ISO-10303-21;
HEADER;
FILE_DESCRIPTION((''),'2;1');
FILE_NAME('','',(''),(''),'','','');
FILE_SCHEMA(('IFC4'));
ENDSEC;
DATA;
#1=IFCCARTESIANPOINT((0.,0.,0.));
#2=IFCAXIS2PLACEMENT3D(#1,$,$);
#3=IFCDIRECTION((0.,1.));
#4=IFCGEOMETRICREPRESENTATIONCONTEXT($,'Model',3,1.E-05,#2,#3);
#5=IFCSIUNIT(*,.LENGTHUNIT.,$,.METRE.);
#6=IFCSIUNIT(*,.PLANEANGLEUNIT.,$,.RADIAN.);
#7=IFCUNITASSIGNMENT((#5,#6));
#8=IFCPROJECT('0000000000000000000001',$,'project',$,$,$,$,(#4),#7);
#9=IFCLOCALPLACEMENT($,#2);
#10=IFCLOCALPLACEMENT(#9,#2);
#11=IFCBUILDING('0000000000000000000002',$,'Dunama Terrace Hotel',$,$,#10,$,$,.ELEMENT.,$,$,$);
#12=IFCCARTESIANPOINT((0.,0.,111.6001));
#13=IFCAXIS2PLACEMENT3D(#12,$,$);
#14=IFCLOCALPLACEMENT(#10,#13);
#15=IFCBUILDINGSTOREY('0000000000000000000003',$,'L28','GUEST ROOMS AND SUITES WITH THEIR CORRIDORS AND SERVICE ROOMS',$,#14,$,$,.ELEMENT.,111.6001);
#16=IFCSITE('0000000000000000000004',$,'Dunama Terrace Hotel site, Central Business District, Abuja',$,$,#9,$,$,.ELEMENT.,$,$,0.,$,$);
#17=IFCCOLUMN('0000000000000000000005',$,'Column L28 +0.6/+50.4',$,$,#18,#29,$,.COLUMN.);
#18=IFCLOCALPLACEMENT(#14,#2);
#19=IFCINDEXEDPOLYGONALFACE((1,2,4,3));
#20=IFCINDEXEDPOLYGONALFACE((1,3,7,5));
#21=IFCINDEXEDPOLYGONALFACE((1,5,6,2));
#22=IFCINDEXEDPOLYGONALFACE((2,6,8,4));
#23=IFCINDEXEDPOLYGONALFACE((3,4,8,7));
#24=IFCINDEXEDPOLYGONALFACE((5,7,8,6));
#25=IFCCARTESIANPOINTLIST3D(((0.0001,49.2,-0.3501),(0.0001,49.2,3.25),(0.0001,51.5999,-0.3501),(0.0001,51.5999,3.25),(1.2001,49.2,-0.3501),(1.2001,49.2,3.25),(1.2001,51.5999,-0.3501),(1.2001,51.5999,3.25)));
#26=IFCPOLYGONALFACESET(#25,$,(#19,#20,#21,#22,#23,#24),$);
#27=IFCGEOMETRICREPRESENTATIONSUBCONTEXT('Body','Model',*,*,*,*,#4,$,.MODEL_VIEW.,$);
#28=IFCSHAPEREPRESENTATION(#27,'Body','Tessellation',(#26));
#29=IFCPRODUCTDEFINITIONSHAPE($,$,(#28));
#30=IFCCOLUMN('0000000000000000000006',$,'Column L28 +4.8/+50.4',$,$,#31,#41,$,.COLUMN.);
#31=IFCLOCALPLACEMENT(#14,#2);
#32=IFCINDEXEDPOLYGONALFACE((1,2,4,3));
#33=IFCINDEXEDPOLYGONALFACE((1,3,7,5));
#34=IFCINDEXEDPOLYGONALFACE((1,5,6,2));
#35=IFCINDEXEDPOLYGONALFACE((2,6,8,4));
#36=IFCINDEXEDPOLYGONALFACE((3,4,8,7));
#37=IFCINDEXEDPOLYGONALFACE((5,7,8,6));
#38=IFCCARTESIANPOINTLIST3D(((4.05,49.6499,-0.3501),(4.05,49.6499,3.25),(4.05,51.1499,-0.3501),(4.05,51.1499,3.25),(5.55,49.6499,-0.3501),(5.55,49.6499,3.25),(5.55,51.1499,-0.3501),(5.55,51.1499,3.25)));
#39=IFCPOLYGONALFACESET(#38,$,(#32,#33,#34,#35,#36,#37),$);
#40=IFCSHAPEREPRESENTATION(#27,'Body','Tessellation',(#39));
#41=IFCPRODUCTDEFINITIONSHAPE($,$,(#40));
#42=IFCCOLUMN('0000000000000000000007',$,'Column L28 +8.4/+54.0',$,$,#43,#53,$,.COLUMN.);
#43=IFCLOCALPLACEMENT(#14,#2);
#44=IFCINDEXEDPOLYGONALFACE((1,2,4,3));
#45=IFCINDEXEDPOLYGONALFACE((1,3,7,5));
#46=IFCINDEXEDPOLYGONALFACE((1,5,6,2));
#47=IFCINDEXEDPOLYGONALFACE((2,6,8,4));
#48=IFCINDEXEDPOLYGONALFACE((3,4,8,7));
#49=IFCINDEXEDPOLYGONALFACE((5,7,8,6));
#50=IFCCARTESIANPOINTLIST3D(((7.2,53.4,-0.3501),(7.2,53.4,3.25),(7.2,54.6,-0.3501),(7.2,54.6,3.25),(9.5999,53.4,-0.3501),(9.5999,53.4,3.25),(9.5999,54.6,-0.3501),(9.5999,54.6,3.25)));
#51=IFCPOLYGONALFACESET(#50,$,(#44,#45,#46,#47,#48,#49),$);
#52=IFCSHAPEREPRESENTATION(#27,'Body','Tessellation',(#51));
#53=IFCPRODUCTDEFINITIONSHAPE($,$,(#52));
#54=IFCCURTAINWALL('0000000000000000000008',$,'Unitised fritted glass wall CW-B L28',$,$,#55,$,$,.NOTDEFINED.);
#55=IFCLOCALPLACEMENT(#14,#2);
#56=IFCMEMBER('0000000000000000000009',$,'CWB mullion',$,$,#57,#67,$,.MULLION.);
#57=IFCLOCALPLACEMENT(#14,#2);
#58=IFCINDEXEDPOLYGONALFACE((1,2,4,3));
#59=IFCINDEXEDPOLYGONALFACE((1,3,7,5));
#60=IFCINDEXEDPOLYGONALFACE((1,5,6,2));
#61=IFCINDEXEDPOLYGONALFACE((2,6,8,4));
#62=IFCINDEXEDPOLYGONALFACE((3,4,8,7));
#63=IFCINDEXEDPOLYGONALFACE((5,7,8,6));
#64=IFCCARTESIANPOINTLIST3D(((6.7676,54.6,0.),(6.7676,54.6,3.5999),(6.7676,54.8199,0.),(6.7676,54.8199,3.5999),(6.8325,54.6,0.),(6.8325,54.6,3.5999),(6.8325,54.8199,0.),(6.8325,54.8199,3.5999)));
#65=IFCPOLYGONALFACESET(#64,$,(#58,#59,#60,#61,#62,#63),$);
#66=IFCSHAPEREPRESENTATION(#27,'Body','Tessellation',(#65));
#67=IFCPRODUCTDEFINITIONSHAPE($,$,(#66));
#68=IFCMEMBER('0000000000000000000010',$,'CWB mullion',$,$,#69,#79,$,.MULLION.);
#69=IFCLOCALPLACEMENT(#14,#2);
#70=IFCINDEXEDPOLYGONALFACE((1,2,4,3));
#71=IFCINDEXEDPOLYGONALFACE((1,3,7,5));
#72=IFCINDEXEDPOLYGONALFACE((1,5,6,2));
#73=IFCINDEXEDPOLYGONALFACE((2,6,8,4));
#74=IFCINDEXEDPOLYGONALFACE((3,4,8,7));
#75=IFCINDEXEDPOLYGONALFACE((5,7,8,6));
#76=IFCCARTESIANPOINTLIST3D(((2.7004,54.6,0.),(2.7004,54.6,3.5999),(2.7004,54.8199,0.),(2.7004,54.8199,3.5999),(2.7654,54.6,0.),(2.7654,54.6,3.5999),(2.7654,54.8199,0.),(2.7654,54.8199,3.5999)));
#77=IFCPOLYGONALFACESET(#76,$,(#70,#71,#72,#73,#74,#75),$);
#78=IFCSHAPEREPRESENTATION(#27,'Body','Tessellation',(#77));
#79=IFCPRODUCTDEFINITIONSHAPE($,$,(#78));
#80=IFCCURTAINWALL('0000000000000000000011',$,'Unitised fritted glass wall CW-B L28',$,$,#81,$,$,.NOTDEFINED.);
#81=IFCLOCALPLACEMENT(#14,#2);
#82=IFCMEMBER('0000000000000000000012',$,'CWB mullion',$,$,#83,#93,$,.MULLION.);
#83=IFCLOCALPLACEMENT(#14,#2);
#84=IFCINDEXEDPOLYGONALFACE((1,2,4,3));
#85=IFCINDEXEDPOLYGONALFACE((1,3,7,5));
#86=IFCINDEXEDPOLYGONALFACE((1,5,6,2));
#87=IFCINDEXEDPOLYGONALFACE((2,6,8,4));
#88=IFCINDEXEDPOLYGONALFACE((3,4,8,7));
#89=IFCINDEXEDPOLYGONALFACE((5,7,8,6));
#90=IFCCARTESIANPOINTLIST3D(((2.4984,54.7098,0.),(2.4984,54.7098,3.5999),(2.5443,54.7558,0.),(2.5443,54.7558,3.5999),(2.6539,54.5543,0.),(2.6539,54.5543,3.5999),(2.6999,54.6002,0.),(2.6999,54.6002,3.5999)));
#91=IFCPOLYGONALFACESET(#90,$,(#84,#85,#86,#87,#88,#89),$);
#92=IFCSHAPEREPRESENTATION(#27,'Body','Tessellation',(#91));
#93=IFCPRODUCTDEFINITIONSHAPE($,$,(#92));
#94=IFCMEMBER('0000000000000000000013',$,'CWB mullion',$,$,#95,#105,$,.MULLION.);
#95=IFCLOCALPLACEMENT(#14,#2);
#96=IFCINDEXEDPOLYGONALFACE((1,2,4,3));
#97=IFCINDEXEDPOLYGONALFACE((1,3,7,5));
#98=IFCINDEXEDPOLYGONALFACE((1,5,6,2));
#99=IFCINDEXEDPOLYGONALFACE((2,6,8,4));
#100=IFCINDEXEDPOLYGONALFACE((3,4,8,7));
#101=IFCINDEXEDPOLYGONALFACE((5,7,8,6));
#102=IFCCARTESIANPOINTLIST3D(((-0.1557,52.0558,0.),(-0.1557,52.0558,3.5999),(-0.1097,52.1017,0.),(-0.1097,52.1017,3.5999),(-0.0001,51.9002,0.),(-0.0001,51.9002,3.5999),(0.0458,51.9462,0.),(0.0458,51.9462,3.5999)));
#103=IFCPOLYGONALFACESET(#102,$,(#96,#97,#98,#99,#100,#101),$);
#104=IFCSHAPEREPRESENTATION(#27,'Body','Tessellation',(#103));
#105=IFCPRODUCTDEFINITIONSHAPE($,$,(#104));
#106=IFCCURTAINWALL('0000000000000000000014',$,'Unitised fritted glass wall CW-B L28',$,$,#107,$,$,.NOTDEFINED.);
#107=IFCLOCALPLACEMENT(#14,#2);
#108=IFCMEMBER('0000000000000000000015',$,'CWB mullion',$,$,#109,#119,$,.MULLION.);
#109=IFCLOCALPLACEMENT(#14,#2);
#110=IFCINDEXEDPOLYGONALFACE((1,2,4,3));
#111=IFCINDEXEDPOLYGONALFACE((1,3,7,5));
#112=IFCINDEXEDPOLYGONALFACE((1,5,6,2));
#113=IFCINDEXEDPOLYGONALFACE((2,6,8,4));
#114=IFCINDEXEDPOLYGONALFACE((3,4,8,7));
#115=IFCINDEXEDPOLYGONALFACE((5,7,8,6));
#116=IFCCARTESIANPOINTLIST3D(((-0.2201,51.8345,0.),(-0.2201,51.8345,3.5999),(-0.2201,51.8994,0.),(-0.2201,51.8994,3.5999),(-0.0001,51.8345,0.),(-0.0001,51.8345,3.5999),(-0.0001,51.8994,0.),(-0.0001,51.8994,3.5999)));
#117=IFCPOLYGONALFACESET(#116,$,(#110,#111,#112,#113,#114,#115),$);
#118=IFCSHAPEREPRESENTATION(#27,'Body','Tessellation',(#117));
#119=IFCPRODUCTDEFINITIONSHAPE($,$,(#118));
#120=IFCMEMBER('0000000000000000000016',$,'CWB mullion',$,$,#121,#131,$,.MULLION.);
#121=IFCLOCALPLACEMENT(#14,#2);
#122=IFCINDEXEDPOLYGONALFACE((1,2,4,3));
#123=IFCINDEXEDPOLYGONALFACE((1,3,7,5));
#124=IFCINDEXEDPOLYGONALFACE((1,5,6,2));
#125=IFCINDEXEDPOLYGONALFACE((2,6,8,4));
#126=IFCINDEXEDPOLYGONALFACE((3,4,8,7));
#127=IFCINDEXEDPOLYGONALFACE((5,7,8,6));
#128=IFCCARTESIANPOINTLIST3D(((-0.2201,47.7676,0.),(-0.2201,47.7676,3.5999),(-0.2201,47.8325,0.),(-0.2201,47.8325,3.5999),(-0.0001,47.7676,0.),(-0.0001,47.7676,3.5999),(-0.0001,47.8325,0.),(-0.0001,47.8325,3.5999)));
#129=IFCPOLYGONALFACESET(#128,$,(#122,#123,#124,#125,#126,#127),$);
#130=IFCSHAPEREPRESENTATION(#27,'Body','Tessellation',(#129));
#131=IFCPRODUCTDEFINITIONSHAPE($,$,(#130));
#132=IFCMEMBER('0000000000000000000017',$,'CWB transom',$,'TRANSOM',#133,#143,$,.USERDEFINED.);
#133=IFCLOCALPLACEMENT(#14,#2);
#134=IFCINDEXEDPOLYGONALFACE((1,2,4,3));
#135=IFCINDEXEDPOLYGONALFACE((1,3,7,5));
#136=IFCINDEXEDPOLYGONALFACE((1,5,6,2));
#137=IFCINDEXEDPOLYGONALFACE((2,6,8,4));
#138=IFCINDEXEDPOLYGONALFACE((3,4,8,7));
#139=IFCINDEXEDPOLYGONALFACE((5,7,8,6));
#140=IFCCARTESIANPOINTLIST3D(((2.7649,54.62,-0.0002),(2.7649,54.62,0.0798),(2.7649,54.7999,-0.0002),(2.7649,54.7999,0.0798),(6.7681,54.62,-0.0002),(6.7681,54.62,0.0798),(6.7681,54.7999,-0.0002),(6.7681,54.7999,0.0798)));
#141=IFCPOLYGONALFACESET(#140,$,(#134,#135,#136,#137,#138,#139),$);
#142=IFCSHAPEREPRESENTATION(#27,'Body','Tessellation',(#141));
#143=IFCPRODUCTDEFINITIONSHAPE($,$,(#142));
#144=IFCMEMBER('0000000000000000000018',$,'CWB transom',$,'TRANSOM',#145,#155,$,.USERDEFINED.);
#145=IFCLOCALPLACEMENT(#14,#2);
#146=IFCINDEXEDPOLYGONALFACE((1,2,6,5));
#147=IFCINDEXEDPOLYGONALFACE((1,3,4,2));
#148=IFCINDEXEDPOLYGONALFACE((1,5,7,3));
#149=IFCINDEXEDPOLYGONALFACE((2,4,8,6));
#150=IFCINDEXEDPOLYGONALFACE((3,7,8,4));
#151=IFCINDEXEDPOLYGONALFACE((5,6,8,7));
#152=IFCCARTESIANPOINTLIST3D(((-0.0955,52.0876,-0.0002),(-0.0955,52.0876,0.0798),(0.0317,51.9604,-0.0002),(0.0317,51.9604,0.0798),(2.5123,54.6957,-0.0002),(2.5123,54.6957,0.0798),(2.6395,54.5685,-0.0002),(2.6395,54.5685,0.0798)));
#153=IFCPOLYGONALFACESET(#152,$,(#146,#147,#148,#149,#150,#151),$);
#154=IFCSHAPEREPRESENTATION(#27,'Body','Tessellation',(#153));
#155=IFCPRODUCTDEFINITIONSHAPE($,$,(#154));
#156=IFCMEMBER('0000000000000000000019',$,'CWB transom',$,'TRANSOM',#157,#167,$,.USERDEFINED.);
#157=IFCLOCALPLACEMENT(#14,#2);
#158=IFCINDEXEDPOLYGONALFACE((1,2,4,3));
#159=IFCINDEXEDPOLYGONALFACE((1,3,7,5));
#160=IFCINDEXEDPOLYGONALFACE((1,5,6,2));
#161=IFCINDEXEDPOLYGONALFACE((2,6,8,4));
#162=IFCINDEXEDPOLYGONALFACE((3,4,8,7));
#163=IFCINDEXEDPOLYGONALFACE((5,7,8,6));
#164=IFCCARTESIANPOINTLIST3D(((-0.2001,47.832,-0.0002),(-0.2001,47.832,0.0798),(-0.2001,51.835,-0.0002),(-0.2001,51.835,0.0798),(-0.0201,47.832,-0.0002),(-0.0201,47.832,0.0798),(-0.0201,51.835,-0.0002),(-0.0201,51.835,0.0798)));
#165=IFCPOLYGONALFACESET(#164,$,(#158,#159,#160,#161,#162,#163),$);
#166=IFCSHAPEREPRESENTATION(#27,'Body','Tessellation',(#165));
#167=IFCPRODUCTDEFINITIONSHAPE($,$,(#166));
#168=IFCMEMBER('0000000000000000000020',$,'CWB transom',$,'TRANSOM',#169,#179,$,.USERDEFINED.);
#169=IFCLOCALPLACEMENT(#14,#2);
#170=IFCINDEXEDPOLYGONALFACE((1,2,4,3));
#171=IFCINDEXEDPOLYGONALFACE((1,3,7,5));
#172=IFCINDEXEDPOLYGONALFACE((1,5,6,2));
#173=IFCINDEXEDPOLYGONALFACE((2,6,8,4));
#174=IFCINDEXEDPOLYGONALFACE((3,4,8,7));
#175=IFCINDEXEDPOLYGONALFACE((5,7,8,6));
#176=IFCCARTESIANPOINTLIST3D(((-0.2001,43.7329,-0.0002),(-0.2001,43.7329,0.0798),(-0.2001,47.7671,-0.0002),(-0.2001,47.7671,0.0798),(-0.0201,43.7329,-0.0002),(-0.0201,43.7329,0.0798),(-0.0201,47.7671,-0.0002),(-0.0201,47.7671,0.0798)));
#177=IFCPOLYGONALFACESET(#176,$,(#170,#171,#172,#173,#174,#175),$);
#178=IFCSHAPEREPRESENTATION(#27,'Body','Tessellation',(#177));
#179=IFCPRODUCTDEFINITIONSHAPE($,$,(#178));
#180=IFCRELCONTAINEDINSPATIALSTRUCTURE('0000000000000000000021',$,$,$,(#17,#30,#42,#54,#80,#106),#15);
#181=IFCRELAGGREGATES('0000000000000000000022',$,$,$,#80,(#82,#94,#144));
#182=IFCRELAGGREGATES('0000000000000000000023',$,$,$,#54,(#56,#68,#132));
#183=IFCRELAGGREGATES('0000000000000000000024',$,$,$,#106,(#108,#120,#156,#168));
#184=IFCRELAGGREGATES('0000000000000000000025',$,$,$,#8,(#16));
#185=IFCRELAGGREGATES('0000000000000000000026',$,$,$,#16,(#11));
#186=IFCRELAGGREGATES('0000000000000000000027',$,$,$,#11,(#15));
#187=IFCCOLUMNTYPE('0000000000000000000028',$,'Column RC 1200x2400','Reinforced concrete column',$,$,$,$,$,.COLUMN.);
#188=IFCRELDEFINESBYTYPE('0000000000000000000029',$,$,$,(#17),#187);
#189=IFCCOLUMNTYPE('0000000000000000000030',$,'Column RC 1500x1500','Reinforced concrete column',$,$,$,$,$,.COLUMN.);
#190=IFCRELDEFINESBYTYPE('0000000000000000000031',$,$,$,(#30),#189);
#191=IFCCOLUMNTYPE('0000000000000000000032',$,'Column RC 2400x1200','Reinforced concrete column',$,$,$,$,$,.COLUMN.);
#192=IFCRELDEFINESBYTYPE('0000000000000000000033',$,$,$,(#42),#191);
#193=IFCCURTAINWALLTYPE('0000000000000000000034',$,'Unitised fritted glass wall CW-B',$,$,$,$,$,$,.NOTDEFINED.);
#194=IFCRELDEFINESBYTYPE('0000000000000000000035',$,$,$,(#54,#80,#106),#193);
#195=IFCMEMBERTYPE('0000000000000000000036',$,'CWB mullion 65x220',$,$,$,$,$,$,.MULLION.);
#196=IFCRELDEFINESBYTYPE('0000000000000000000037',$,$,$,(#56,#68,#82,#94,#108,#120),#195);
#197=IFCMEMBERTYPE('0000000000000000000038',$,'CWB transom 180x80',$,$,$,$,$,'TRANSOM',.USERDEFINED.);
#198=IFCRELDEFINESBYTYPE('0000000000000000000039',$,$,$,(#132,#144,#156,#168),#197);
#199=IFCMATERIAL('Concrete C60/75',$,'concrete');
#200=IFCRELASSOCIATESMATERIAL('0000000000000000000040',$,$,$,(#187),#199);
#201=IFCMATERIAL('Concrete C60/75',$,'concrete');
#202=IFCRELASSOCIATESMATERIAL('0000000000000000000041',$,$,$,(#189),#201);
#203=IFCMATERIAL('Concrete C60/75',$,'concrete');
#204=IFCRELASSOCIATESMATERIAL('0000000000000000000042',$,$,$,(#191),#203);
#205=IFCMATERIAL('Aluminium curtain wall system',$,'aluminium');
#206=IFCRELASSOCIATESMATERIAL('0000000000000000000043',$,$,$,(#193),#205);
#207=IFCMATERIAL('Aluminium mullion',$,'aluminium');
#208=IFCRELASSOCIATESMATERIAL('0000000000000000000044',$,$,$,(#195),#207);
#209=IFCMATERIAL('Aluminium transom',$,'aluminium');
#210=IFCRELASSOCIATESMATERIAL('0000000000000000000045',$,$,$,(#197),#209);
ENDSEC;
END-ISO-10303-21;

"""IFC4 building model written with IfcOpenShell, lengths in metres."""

from ifc_helpers import new_model, si_unit, direction, frame, origin, origin_2d, place, context, subcontext, project, spatial, rectangle, extrude, material, material_profile, profile_set, type_object, element, aggregate, save


model = new_model("IFC4")

# Units and contexts
model_context = context("Model", 3, precision=1e-05, world=origin(), true_north=direction((0.0, 1.0)))
body_context = subcontext(model_context, "Body", "Model", "MODEL_VIEW")
ifc_project = project(units=[si_unit("LENGTHUNIT", "METRE"), si_unit("PLANEANGLEUNIT", "RADIAN")], contexts=[model_context])

# Site, building, storey
site_placement = place(None, origin())
site = spatial("IfcSite", under=ifc_project, at=site_placement, Name="Dunama Terrace Hotel site, Central Business District, Abuja", CompositionType="ELEMENT", RefElevation=0.0)
building_placement = place(site_placement, origin())
building = spatial("IfcBuilding", under=site, at=building_placement, Name="Dunama Terrace Hotel", CompositionType="ELEMENT")
storey_placement = place(building_placement, frame((0.0, 0.0, 111.6001)))
storey = spatial("IfcBuildingStorey", under=building, at=storey_placement, Name="L28", Description="GUEST ROOMS AND SUITES WITH THEIR CORRIDORS AND SERVICE ROOMS", CompositionType="ELEMENT", Elevation=111.6001)

# Columns
ifc_material_1 = material(Name="Concrete C60/75", Category="concrete")
ifc_material_profile_1 = material_profile(ifc_material_1, rectangle(XDim=1.2, YDim=2.3999, at=origin_2d()), Name="RC 1200x2400")
ifc_profile_set_1 = profile_set([ifc_material_profile_1], Name="Concrete C60/75")
column_type_1 = type_object("IfcColumnType", Name="Column RC 1200x2400", Description="Reinforced concrete column", PredefinedType="COLUMN", material=ifc_profile_set_1)
column_1_placement = place(storey_placement, frame((0.6001, 50.3999, -0.3501), z_axis=(0.0, 0.0, 1.0), x_axis=(1.0, 0.0, 0.0)))
element("IfcColumn", 1, at=column_1_placement, inside=storey, type_object=column_type_1, Name="Column L28 +0.6/+50.4", PredefinedType="COLUMN", context=body_context, shape_type="SweptSolid", body=[
    extrude(rectangle(XDim=1.2, YDim=2.3999, at=origin_2d()), origin(), (0.0, 0.0, 1.0), 3.6001),
])
ifc_material_2 = material(Name="Concrete C60/75", Category="concrete")
ifc_material_profile_2 = material_profile(ifc_material_2, rectangle(XDim=1.5, YDim=1.5, at=origin_2d()), Name="RC 1500x1500")
ifc_profile_set_2 = profile_set([ifc_material_profile_2], Name="Concrete C60/75")
column_type_2 = type_object("IfcColumnType", Name="Column RC 1500x1500", Description="Reinforced concrete column", PredefinedType="COLUMN", material=ifc_profile_set_2)
column_2_placement = place(storey_placement, frame((4.8, 50.3999, -0.3501), z_axis=(0.0, 0.0, 1.0), x_axis=(1.0, 0.0, 0.0)))
element("IfcColumn", 2, at=column_2_placement, inside=storey, type_object=column_type_2, Name="Column L28 +4.8/+50.4", PredefinedType="COLUMN", context=body_context, shape_type="SweptSolid", body=[
    extrude(rectangle(XDim=1.5, YDim=1.5, at=origin_2d()), origin(), (0.0, 0.0, 1.0), 3.6001),
])
ifc_material_3 = material(Name="Concrete C60/75", Category="concrete")
ifc_material_profile_3 = material_profile(ifc_material_3, rectangle(XDim=2.3999, YDim=1.2, at=origin_2d()), Name="RC 2400x1200")
ifc_profile_set_3 = profile_set([ifc_material_profile_3], Name="Concrete C60/75")
column_type_3 = type_object("IfcColumnType", Name="Column RC 2400x1200", Description="Reinforced concrete column", PredefinedType="COLUMN", material=ifc_profile_set_3)
column_3_placement = place(storey_placement, frame((8.3999, 54.0, -0.3501), z_axis=(0.0, 0.0, 1.0), x_axis=(1.0, 0.0, 0.0)))
element("IfcColumn", 3, at=column_3_placement, inside=storey, type_object=column_type_3, Name="Column L28 +8.4/+54.0", PredefinedType="COLUMN", context=body_context, shape_type="SweptSolid", body=[
    extrude(rectangle(XDim=2.3999, YDim=1.2, at=origin_2d()), origin(), (0.0, 0.0, 1.0), 3.6001),
])

# Curtain walls, members
ifc_material_4 = material(Name="Aluminium curtain wall system", Category="aluminium")
curtain_wall_type = type_object("IfcCurtainWallType", Name="Unitised fritted glass wall CW-B", PredefinedType="NOTDEFINED", material=ifc_material_4)
curtain_wall_1_placement = place(storey_placement, origin())
curtain_wall_1 = element("IfcCurtainWall", 4, at=curtain_wall_1_placement, inside=storey, type_object=curtain_wall_type, Name="Unitised fritted glass wall CW-B L28", PredefinedType="NOTDEFINED")
ifc_material_5 = material(Name="Aluminium mullion", Category="aluminium")
ifc_material_profile_4 = material_profile(ifc_material_5, rectangle(XDim=0.0649, YDim=0.22, at=origin_2d()), Name="CWB MULLION 65X220")
ifc_profile_set_4 = profile_set([ifc_material_profile_4], Name="Aluminium mullion")
member_type_1 = type_object("IfcMemberType", Name="CWB mullion 65x220", PredefinedType="MULLION", material=ifc_profile_set_4)
member_1_placement = place(storey_placement, frame((6.8, 54.71, 0.0), z_axis=(0.0, 0.0, 1.0), x_axis=(-1.0, 0.0, 0.0)))
member_1 = element("IfcMember", 5, at=member_1_placement, type_object=member_type_1, Name="CWB mullion", PredefinedType="MULLION", context=body_context, shape_type="SweptSolid", body=[
    extrude(rectangle(XDim=0.0649, YDim=0.22, at=origin_2d()), origin(), (0.0, 0.0, 1.0), 3.5999),
])
member_2_placement = place(storey_placement, frame((2.7329, 54.71, 0.0), z_axis=(0.0, 0.0, 1.0), x_axis=(-1.0, 0.0, 0.0)))
member_2 = element("IfcMember", 6, at=member_2_placement, type_object=member_type_1, Name="CWB mullion", PredefinedType="MULLION", context=body_context, shape_type="SweptSolid", body=[
    extrude(rectangle(XDim=0.0649, YDim=0.22, at=origin_2d()), origin(), (0.0, 0.0, 1.0), 3.5999),
])
curtain_wall_2_placement = place(storey_placement, origin())
curtain_wall_2 = element("IfcCurtainWall", 7, at=curtain_wall_2_placement, inside=storey, type_object=curtain_wall_type, Name="Unitised fritted glass wall CW-B L28", PredefinedType="NOTDEFINED")
member_3_placement = place(storey_placement, frame((2.5991, 54.655, 0.0), z_axis=(0.0, 0.0, 1.0), x_axis=(-0.707107, -0.707107, 0.0)))
member_3 = element("IfcMember", 8, at=member_3_placement, type_object=member_type_1, Name="CWB mullion", PredefinedType="MULLION", context=body_context, shape_type="SweptSolid", body=[
    extrude(rectangle(XDim=0.0649, YDim=0.22, at=origin_2d()), origin(), (0.0, 0.0, 1.0), 3.5999),
])
member_4_placement = place(storey_placement, frame((-0.0549, 52.001, 0.0), z_axis=(0.0, 0.0, 1.0), x_axis=(-0.707107, -0.707107, 0.0)))
member_4 = element("IfcMember", 9, at=member_4_placement, type_object=member_type_1, Name="CWB mullion", PredefinedType="MULLION", context=body_context, shape_type="SweptSolid", body=[
    extrude(rectangle(XDim=0.0649, YDim=0.22, at=origin_2d()), origin(), (0.0, 0.0, 1.0), 3.5999),
])
curtain_wall_3_placement = place(storey_placement, origin())
curtain_wall_3 = element("IfcCurtainWall", 10, at=curtain_wall_3_placement, inside=storey, type_object=curtain_wall_type, Name="Unitised fritted glass wall CW-B L28", PredefinedType="NOTDEFINED")
member_5_placement = place(storey_placement, frame((-0.1101, 51.8669, 0.0), z_axis=(0.0, 0.0, 1.0), x_axis=(0.0, -1.0, 0.0)))
member_5 = element("IfcMember", 11, at=member_5_placement, type_object=member_type_1, Name="CWB mullion", PredefinedType="MULLION", context=body_context, shape_type="SweptSolid", body=[
    extrude(rectangle(XDim=0.0649, YDim=0.22, at=origin_2d()), origin(), (0.0, 0.0, 1.0), 3.5999),
])
member_6_placement = place(storey_placement, frame((-0.1101, 47.8, 0.0), z_axis=(0.0, 0.0, 1.0), x_axis=(0.0, -1.0, 0.0)))
member_6 = element("IfcMember", 12, at=member_6_placement, type_object=member_type_1, Name="CWB mullion", PredefinedType="MULLION", context=body_context, shape_type="SweptSolid", body=[
    extrude(rectangle(XDim=0.0649, YDim=0.22, at=origin_2d()), origin(), (0.0, 0.0, 1.0), 3.5999),
])

# Members
ifc_material_6 = material(Name="Aluminium transom", Category="aluminium")
ifc_material_profile_5 = material_profile(ifc_material_6, rectangle(XDim=0.1799, YDim=0.0801, at=origin_2d()), Name="CWB TRANSOM 180X80")
ifc_profile_set_5 = profile_set([ifc_material_profile_5], Name="Aluminium transom")
member_type_2 = type_object("IfcMemberType", Name="CWB transom 180x80", ElementType="TRANSOM", PredefinedType="USERDEFINED", material=ifc_profile_set_5)
member_7_placement = place(storey_placement, frame((6.7681, 54.71, 0.0398), z_axis=(-1.0, 0.0, 0.0), x_axis=(0.0, -1.0, 0.0)))
member_7 = element("IfcMember", 13, at=member_7_placement, type_object=member_type_2, Name="CWB transom", ObjectType="TRANSOM", PredefinedType="USERDEFINED", context=body_context, shape_type="SweptSolid", body=[
    extrude(rectangle(XDim=0.1799, YDim=0.0801, at=origin_2d()), origin(), (0.0, 0.0, 1.0), 4.0032),
])
member_8_placement = place(storey_placement, frame((2.5759, 54.6321, 0.0398), z_axis=(-0.707074, -0.70714, 0.0), x_axis=(0.70714, -0.707074, 0.0)))
member_8 = element("IfcMember", 14, at=member_8_placement, type_object=member_type_2, Name="CWB transom", ObjectType="TRANSOM", PredefinedType="USERDEFINED", context=body_context, shape_type="SweptSolid", body=[
    extrude(rectangle(XDim=0.1799, YDim=0.0801, at=origin_2d()), origin(), (0.0, 0.0, 1.0), 3.6882),
])
member_9_placement = place(storey_placement, frame((-0.1101, 51.835, 0.0398), z_axis=(0.0, -1.0, 0.0), x_axis=(1.0, 0.0, 0.0)))
member_9 = element("IfcMember", 15, at=member_9_placement, type_object=member_type_2, Name="CWB transom", ObjectType="TRANSOM", PredefinedType="USERDEFINED", context=body_context, shape_type="SweptSolid", body=[
    extrude(rectangle(XDim=0.1799, YDim=0.0801, at=origin_2d()), origin(), (0.0, 0.0, 1.0), 4.0029),
])
member_10_placement = place(storey_placement, frame((-0.1101, 47.7671, 0.0398), z_axis=(0.0, -1.0, 0.0), x_axis=(1.0, 0.0, 0.0)))
member_10 = element("IfcMember", 16, at=member_10_placement, type_object=member_type_2, Name="CWB transom", ObjectType="TRANSOM", PredefinedType="USERDEFINED", context=body_context, shape_type="SweptSolid", body=[
    extrude(rectangle(XDim=0.1799, YDim=0.0801, at=origin_2d()), origin(), (0.0, 0.0, 1.0), 4.0342),
])

aggregate(curtain_wall_2, [member_3, member_4, member_8])
aggregate(curtain_wall_1, [member_1, member_2, member_7])
aggregate(curtain_wall_3, [member_5, member_6, member_9, member_10])

save(model, "model.ifc")
